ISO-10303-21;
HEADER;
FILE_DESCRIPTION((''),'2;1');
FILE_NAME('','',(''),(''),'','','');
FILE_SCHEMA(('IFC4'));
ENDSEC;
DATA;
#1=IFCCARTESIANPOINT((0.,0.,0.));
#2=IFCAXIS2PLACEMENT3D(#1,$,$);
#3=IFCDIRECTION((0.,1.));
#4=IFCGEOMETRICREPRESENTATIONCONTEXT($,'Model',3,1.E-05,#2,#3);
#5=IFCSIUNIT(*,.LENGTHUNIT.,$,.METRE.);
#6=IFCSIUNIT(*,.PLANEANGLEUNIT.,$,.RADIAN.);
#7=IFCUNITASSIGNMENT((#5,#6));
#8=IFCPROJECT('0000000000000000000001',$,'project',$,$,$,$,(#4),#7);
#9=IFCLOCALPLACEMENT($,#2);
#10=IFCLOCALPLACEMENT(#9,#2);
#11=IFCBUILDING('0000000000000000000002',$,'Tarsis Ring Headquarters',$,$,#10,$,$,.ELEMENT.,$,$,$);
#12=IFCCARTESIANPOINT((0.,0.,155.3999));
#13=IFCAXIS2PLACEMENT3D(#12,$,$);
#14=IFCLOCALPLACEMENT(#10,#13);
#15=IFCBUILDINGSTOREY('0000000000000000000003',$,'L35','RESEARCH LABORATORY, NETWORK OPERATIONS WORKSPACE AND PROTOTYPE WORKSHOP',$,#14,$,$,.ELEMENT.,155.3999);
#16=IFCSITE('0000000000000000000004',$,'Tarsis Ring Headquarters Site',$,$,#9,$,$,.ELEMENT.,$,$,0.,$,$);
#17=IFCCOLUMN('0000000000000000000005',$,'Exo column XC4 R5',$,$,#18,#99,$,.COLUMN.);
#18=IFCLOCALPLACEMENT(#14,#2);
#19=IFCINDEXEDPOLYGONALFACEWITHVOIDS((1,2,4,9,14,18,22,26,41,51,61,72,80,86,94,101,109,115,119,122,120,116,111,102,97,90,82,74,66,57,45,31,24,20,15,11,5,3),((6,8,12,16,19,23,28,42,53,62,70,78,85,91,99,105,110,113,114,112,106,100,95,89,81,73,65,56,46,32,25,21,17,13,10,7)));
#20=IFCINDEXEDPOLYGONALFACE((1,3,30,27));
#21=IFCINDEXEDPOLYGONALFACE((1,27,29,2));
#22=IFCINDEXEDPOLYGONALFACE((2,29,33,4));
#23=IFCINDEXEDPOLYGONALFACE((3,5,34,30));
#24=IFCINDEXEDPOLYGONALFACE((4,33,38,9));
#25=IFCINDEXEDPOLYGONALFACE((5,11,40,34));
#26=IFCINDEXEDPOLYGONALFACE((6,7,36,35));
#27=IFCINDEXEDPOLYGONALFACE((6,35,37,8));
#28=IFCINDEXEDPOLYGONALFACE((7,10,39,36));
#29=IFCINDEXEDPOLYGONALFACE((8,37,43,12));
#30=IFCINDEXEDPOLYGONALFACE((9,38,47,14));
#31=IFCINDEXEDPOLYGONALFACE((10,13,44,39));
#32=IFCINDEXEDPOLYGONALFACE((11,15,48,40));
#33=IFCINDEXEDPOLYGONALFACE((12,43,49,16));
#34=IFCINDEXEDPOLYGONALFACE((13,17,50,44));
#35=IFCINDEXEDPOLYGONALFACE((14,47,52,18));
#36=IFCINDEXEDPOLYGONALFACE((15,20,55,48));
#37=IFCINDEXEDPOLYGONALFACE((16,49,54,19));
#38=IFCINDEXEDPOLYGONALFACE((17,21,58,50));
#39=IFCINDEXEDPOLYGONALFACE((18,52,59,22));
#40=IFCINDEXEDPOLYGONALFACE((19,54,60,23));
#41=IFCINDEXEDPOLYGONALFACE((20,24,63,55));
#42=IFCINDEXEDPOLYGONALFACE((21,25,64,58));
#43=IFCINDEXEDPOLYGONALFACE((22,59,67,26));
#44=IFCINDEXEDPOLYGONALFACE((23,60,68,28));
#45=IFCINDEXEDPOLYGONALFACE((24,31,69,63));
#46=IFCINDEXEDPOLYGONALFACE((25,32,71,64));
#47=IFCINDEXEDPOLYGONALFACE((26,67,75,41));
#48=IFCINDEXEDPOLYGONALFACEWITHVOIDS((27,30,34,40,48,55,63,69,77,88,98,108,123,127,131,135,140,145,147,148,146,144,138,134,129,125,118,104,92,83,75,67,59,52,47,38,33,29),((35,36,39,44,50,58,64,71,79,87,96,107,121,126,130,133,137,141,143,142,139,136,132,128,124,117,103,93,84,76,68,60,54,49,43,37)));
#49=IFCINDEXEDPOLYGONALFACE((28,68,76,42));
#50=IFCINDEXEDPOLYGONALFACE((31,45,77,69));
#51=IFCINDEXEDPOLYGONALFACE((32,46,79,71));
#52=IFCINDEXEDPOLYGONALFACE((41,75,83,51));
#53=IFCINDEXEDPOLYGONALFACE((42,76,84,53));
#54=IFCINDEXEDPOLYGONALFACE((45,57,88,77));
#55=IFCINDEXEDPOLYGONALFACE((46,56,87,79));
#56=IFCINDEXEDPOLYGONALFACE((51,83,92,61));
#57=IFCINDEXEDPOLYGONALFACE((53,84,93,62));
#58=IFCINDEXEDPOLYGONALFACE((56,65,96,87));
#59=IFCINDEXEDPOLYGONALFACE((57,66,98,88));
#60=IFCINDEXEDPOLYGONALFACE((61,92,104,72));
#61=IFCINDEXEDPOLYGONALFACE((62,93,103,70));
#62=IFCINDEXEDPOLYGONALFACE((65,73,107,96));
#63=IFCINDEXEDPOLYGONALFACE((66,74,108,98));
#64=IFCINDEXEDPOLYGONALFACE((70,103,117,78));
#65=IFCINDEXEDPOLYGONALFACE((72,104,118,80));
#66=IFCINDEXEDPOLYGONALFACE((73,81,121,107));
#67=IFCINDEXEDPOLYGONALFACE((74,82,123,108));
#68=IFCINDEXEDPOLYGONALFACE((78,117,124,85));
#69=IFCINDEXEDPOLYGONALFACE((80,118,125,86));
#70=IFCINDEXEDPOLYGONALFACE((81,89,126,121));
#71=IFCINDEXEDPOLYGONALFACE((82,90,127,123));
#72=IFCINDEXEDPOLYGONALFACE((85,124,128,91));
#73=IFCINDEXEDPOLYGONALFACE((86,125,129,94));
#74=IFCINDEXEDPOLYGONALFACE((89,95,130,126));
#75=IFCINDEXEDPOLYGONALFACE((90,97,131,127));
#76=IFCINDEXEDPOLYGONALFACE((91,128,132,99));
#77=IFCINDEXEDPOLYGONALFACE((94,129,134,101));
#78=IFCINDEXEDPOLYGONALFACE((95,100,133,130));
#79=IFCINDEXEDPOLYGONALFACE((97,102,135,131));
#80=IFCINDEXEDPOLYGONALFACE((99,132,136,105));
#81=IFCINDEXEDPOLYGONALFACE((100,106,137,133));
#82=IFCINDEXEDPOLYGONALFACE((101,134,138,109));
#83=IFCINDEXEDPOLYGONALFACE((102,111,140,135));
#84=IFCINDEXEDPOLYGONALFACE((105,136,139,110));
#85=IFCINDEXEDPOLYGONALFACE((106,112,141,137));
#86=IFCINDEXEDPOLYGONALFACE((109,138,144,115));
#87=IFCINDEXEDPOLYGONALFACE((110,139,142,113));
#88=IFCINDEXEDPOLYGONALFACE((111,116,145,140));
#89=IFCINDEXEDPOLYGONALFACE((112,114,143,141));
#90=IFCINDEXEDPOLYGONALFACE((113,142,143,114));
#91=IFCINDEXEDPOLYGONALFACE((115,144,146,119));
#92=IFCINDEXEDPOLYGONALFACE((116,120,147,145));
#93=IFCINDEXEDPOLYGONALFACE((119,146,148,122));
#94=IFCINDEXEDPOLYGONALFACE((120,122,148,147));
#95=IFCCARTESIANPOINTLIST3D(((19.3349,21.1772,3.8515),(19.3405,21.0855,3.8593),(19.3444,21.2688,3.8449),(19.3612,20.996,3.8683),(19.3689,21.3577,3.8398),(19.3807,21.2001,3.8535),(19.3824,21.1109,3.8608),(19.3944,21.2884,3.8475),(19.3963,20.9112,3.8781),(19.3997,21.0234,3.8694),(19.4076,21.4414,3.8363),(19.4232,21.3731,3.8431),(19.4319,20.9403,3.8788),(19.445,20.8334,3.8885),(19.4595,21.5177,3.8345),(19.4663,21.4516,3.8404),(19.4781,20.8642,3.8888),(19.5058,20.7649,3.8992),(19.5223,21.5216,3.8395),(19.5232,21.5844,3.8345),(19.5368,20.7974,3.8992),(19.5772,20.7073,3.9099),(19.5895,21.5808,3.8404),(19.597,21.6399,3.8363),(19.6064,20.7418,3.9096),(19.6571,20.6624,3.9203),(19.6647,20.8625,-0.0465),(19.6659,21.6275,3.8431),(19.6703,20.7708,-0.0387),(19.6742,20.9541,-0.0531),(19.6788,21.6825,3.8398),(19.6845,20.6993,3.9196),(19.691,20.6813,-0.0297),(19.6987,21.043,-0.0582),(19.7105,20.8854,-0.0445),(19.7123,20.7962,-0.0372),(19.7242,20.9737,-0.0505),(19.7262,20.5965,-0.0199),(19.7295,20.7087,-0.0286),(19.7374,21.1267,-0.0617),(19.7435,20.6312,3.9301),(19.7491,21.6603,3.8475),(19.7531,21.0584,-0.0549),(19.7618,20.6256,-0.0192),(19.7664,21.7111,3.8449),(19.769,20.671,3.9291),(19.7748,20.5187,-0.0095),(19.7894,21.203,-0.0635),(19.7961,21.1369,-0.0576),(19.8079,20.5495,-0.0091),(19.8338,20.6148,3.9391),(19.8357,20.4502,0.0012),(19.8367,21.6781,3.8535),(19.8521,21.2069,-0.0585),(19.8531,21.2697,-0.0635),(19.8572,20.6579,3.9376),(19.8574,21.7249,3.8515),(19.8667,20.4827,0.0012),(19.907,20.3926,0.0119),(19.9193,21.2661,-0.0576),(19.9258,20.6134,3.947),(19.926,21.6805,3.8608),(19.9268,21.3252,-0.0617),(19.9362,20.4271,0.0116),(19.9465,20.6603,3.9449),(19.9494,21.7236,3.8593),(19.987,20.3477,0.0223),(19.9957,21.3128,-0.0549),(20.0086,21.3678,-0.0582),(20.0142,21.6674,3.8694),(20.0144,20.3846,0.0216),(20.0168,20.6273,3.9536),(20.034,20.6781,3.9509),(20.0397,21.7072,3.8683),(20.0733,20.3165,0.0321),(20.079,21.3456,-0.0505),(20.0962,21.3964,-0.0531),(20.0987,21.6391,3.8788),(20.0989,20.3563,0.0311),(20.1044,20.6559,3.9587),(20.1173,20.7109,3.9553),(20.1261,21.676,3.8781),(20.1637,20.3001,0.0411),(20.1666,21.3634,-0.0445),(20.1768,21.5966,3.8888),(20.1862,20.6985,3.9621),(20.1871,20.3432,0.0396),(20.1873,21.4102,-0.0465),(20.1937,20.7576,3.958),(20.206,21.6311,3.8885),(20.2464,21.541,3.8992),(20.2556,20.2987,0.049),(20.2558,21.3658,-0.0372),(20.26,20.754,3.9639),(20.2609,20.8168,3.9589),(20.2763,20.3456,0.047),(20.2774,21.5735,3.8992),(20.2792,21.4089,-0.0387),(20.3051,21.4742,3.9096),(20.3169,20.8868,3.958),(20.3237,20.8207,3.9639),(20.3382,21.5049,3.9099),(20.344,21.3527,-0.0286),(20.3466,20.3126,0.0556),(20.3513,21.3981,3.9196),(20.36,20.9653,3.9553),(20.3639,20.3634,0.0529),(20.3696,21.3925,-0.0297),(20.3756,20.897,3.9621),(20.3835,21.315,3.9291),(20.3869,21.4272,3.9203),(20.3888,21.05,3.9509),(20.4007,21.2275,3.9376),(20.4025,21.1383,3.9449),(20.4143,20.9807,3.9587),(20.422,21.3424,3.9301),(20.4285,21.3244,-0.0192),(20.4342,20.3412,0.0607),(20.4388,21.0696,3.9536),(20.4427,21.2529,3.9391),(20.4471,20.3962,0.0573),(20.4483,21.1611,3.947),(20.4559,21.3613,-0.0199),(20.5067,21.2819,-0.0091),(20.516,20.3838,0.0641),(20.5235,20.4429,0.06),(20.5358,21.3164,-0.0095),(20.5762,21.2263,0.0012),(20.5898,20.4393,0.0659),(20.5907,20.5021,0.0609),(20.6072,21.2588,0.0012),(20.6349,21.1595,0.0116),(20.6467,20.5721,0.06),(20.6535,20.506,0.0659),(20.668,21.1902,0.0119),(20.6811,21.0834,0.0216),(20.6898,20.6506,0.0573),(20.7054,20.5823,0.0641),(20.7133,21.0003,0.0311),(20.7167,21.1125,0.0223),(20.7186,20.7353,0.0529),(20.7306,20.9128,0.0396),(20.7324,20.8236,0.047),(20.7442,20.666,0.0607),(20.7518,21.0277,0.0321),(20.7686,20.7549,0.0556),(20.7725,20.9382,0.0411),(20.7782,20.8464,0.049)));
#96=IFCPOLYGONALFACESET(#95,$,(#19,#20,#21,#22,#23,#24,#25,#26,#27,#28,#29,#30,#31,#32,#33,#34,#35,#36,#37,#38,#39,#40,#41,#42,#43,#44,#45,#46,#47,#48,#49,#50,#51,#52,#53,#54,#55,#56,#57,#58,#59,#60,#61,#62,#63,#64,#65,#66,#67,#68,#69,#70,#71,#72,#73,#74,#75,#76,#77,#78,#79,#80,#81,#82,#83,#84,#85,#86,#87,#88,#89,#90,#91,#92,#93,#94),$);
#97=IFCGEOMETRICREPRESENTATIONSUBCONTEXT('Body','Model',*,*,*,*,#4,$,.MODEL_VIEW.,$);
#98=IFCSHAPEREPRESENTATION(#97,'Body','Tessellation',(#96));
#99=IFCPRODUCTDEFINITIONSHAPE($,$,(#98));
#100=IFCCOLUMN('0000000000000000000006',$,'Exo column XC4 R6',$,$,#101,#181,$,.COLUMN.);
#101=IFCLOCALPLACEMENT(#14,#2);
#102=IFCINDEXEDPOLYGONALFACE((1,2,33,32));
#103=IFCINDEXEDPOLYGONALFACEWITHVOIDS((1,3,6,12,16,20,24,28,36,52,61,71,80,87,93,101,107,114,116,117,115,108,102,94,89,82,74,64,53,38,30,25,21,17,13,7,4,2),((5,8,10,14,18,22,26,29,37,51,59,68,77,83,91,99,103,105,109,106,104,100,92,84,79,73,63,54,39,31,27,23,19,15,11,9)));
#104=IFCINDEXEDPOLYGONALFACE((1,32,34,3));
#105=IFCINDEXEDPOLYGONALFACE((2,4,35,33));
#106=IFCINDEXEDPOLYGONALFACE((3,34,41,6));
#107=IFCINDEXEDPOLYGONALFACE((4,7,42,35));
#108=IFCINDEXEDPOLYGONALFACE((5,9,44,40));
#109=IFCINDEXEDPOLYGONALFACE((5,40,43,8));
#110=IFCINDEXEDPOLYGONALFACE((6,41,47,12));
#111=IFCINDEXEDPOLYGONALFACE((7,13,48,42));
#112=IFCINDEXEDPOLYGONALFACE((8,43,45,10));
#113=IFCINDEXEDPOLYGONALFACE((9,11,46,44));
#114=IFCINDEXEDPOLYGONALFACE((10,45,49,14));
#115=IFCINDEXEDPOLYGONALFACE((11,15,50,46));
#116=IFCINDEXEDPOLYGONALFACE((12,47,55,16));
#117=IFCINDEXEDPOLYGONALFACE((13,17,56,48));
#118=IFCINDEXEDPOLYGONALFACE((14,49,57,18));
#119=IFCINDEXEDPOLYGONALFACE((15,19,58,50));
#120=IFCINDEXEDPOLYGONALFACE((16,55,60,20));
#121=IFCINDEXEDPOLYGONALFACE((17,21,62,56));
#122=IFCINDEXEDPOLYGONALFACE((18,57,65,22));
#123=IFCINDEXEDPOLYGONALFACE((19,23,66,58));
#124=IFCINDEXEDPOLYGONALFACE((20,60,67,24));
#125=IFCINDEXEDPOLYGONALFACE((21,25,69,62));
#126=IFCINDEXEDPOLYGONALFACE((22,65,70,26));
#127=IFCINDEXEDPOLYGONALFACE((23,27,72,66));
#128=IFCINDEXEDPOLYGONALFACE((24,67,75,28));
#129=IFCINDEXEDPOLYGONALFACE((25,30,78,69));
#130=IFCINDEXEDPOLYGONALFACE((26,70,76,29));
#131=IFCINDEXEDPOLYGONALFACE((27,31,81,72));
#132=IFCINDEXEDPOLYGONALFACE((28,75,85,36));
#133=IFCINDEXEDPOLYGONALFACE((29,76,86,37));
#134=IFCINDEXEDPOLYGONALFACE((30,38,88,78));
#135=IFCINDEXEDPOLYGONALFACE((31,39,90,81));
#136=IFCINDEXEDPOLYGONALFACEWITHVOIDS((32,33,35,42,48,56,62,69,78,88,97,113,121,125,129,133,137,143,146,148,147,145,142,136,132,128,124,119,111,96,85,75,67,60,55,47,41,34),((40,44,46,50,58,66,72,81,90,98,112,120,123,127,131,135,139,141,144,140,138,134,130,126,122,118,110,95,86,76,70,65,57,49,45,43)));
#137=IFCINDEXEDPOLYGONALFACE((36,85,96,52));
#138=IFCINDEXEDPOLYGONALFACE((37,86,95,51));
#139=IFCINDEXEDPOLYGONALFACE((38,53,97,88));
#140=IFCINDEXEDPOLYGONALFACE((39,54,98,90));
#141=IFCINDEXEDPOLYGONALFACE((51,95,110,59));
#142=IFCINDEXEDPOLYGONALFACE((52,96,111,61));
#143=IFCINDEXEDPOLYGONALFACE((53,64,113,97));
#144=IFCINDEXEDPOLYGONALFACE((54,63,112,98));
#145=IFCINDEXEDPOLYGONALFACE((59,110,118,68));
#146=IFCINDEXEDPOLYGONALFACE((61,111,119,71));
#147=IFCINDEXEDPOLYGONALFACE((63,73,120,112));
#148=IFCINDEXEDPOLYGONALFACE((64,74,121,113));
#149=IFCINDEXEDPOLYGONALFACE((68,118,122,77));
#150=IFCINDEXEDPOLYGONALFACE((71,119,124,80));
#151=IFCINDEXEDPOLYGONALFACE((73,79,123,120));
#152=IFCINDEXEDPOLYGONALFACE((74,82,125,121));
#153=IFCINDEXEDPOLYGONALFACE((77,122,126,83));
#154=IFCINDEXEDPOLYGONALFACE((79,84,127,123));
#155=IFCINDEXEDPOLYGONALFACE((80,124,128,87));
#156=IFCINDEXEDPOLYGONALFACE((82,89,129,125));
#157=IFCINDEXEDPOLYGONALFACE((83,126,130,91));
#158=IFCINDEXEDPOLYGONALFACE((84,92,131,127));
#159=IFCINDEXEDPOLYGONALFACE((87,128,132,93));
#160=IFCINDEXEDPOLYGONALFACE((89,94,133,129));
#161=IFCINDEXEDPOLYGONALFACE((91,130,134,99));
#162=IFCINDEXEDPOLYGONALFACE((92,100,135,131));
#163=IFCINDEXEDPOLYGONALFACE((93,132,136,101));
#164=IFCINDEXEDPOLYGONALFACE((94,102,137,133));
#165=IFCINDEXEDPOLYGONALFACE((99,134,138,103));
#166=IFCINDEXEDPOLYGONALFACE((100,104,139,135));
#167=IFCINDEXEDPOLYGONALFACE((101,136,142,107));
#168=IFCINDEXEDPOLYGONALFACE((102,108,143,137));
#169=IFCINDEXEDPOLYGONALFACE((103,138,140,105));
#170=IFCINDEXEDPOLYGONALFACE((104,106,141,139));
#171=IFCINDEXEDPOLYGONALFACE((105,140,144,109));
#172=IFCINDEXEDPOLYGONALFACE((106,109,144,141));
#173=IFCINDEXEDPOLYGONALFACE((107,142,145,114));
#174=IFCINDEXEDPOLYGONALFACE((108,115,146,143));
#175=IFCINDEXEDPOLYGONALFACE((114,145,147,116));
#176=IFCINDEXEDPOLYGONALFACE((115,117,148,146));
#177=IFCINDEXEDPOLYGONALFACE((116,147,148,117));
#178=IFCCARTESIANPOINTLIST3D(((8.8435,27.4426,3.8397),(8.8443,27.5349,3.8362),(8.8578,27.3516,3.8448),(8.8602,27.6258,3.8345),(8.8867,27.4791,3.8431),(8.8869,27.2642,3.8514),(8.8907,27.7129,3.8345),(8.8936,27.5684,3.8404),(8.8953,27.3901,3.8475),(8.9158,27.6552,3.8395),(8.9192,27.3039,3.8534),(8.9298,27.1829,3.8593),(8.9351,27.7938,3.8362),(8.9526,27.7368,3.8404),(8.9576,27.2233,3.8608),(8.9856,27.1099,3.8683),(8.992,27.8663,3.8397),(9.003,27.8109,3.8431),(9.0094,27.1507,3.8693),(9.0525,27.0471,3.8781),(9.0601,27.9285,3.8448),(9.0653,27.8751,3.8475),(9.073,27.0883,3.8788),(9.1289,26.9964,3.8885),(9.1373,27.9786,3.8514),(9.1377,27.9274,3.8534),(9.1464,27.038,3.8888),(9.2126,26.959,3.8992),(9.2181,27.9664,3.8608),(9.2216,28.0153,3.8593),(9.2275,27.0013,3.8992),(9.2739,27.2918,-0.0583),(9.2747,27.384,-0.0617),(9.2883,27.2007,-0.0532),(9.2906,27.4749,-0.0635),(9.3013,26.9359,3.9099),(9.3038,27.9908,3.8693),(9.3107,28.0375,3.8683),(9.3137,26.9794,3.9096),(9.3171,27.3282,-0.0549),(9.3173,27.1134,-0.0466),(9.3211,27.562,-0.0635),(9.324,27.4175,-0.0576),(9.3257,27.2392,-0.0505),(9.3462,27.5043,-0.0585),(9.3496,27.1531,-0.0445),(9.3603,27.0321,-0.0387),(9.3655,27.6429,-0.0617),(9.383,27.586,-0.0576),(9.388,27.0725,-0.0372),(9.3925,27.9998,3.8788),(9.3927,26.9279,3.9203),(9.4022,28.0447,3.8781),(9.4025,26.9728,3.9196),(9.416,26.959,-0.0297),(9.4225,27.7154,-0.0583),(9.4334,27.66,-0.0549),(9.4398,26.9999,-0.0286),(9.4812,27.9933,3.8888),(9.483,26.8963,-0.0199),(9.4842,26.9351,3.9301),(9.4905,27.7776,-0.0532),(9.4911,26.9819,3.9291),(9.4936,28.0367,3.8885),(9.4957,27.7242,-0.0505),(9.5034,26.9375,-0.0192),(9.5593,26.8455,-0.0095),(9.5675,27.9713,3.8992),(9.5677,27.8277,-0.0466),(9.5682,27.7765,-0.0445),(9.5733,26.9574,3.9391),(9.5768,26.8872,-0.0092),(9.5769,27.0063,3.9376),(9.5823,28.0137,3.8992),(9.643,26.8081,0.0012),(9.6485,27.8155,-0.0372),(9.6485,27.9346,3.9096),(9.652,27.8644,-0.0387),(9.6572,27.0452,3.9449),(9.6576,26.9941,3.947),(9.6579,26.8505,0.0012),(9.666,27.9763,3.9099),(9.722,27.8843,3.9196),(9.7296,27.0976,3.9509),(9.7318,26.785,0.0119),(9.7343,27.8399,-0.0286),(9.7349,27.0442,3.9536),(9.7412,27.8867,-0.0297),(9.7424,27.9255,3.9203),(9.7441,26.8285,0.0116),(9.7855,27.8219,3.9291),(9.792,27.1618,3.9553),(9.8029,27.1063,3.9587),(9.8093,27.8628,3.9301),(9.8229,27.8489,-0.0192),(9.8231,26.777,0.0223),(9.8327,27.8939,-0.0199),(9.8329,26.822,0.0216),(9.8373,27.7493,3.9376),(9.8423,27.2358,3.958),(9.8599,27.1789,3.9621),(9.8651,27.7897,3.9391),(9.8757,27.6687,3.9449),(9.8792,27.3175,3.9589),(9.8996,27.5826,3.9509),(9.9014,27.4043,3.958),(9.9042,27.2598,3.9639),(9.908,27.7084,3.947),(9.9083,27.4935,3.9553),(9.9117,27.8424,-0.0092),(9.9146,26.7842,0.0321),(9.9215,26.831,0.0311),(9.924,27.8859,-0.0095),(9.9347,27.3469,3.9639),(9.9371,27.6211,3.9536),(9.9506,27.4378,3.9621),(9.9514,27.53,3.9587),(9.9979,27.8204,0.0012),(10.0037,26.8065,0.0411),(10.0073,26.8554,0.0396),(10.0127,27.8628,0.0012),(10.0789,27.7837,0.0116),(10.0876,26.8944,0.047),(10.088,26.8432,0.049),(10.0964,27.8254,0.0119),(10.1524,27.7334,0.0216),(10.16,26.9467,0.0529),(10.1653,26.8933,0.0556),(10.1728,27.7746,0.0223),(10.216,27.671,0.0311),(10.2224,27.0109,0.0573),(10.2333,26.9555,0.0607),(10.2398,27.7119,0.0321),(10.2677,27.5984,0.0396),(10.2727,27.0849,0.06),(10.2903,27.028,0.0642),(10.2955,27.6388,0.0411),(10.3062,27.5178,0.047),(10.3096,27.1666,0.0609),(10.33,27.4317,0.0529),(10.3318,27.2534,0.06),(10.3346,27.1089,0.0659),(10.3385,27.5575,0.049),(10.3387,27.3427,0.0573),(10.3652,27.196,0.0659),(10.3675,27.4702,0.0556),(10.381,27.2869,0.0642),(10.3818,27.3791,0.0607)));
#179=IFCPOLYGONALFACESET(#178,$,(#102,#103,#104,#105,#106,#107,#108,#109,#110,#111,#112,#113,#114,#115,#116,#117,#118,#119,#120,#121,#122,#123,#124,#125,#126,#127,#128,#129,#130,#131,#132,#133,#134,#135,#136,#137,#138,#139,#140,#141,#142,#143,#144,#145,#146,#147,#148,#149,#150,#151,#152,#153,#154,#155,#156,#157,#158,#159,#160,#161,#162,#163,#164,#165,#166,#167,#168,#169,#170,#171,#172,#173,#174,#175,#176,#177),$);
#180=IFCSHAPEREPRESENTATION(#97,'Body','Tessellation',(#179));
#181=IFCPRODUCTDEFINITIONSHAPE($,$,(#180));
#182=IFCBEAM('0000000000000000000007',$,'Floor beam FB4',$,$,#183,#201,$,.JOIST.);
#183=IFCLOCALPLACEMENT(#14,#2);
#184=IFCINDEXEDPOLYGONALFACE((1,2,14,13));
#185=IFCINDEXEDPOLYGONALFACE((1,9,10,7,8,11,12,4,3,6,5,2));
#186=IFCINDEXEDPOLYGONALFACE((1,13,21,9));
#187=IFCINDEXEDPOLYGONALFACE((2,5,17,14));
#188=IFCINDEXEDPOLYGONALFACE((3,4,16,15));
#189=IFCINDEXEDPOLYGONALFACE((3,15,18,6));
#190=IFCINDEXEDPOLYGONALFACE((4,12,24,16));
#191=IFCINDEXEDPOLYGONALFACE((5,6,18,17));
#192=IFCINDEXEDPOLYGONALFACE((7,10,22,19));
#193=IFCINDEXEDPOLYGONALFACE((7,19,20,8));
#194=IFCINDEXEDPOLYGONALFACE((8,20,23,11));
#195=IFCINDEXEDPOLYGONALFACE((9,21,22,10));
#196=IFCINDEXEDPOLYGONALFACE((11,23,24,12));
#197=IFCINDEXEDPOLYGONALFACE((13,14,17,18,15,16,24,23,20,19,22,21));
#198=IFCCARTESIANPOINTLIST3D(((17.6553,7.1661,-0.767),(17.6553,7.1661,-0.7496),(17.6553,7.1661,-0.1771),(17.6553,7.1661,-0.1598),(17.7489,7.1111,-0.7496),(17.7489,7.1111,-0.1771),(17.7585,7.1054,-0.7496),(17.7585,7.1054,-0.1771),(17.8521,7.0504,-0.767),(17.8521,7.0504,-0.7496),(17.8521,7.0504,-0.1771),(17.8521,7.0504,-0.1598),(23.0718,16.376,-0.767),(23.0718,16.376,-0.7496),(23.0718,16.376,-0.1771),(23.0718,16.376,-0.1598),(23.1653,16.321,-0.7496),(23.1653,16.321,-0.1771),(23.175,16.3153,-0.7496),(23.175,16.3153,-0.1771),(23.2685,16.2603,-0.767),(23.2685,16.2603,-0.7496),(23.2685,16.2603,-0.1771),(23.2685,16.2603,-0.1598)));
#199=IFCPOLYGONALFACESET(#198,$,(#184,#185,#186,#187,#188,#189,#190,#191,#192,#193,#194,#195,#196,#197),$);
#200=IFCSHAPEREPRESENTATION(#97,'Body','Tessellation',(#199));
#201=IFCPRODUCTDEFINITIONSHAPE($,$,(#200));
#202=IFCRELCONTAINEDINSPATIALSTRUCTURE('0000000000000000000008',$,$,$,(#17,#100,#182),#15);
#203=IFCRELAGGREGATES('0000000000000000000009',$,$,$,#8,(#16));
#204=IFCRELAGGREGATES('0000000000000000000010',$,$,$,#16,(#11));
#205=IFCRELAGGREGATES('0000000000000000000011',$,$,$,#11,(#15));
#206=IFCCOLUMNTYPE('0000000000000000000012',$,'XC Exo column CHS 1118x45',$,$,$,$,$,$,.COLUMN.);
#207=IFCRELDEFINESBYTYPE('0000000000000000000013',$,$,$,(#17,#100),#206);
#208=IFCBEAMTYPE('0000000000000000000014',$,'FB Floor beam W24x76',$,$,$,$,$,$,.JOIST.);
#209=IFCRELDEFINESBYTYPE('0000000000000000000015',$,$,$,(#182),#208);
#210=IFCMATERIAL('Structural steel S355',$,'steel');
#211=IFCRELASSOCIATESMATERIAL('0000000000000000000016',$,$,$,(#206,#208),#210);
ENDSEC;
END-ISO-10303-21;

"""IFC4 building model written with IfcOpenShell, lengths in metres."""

from ifc_helpers import new_model, si_unit, direction, frame, origin, origin_2d, place, context, subcontext, project, spatial, hollow_circle, i_section, extrude, material, material_profile, profile_set, type_object, element, save


model = new_model("IFC4")

# Units and contexts
model_context = context("Model", 3, precision=1e-05, world=origin(), true_north=direction((0.0, 1.0)))
body_context = subcontext(model_context, "Body", "Model", "MODEL_VIEW")
ifc_project = project(units=[si_unit("LENGTHUNIT", "METRE"), si_unit("PLANEANGLEUNIT", "RADIAN")], contexts=[model_context])

# Site, building, storey
site_placement = place(None, origin())
site = spatial("IfcSite", under=ifc_project, at=site_placement, Name="Tarsis Ring Headquarters Site", CompositionType="ELEMENT", RefElevation=0.0)
building_placement = place(site_placement, origin())
building = spatial("IfcBuilding", under=site, at=building_placement, Name="Tarsis Ring Headquarters", CompositionType="ELEMENT")
storey_placement = place(building_placement, frame((0.0, 0.0, 155.3999)))
storey = spatial("IfcBuildingStorey", under=building, at=storey_placement, Name="L35", Description="RESEARCH LABORATORY, NETWORK OPERATIONS WORKSPACE AND PROTOTYPE WORKSHOP", CompositionType="ELEMENT", Elevation=155.3999)

# Columns
ifc_material_1 = material(Name="Structural steel S355", Category="steel")
ifc_material_profile_1 = material_profile(ifc_material_1, hollow_circle(Radius=0.5588, WallThickness=0.0449, at=origin_2d()), Name="CHS 1118x45")
ifc_profile_set_1 = profile_set([ifc_material_profile_1], Name="Structural steel S355")
column_type = type_object("IfcColumnType", Name="XC Exo column CHS 1118x45", PredefinedType="COLUMN", material=ifc_profile_set_1)
for number, where, z_axis, x_axis, name in (
    (1, (20.2214, 20.8545, 0.0012), (-0.084044, 0.080188, 0.99323), (-0.69031, -0.723514, 0.0), "Exo column XC4 R5"),
    (2, (9.8279, 27.3354, 0.0012), (-0.109674, 0.038445, 0.993224), (-0.330803, -0.9437, 0.0), "Exo column XC4 R6"),
):
    element("IfcColumn", number, at=place(storey_placement, frame(where, z_axis=z_axis, x_axis=x_axis)), inside=storey, type_object=column_type, Name=name, PredefinedType="COLUMN", context=body_context, shape_type="SweptSolid", body=[
        extrude(hollow_circle(Radius=0.5588, WallThickness=0.0449, at=origin_2d()), origin(), (0.0, 0.0, 1.0), 3.9246),
    ])

# Beam
ifc_material_profile_2 = material_profile(ifc_material_1, i_section(OverallWidth=0.2283, OverallDepth=0.6072, WebThickness=0.0112, FlangeThickness=0.0173, at=origin_2d()), Name="W24x76")
ifc_profile_set_2 = profile_set([ifc_material_profile_2], Name="Structural steel S355")
beam_type_1 = type_object("IfcBeamType", Name="FB Floor beam W24x76", PredefinedType="JOIST", material=ifc_profile_set_2)
beam_1_placement = place(storey_placement, frame((23.1702, 16.3181, -0.4634), z_axis=(-0.506942, -0.86198, 0.0), x_axis=(0.86198, -0.506942, 0.0)))
element("IfcBeam", 3, at=beam_1_placement, inside=storey, type_object=beam_type_1, Name="Floor beam FB4", PredefinedType="JOIST", context=body_context, shape_type="SweptSolid", body=[
    extrude(i_section(OverallWidth=0.2283, OverallDepth=0.6072, WebThickness=0.0112, FlangeThickness=0.0173, at=origin_2d()), origin(), (0.0, 0.0, 1.0), 10.6846),
])

save(model, "model.ifc")
